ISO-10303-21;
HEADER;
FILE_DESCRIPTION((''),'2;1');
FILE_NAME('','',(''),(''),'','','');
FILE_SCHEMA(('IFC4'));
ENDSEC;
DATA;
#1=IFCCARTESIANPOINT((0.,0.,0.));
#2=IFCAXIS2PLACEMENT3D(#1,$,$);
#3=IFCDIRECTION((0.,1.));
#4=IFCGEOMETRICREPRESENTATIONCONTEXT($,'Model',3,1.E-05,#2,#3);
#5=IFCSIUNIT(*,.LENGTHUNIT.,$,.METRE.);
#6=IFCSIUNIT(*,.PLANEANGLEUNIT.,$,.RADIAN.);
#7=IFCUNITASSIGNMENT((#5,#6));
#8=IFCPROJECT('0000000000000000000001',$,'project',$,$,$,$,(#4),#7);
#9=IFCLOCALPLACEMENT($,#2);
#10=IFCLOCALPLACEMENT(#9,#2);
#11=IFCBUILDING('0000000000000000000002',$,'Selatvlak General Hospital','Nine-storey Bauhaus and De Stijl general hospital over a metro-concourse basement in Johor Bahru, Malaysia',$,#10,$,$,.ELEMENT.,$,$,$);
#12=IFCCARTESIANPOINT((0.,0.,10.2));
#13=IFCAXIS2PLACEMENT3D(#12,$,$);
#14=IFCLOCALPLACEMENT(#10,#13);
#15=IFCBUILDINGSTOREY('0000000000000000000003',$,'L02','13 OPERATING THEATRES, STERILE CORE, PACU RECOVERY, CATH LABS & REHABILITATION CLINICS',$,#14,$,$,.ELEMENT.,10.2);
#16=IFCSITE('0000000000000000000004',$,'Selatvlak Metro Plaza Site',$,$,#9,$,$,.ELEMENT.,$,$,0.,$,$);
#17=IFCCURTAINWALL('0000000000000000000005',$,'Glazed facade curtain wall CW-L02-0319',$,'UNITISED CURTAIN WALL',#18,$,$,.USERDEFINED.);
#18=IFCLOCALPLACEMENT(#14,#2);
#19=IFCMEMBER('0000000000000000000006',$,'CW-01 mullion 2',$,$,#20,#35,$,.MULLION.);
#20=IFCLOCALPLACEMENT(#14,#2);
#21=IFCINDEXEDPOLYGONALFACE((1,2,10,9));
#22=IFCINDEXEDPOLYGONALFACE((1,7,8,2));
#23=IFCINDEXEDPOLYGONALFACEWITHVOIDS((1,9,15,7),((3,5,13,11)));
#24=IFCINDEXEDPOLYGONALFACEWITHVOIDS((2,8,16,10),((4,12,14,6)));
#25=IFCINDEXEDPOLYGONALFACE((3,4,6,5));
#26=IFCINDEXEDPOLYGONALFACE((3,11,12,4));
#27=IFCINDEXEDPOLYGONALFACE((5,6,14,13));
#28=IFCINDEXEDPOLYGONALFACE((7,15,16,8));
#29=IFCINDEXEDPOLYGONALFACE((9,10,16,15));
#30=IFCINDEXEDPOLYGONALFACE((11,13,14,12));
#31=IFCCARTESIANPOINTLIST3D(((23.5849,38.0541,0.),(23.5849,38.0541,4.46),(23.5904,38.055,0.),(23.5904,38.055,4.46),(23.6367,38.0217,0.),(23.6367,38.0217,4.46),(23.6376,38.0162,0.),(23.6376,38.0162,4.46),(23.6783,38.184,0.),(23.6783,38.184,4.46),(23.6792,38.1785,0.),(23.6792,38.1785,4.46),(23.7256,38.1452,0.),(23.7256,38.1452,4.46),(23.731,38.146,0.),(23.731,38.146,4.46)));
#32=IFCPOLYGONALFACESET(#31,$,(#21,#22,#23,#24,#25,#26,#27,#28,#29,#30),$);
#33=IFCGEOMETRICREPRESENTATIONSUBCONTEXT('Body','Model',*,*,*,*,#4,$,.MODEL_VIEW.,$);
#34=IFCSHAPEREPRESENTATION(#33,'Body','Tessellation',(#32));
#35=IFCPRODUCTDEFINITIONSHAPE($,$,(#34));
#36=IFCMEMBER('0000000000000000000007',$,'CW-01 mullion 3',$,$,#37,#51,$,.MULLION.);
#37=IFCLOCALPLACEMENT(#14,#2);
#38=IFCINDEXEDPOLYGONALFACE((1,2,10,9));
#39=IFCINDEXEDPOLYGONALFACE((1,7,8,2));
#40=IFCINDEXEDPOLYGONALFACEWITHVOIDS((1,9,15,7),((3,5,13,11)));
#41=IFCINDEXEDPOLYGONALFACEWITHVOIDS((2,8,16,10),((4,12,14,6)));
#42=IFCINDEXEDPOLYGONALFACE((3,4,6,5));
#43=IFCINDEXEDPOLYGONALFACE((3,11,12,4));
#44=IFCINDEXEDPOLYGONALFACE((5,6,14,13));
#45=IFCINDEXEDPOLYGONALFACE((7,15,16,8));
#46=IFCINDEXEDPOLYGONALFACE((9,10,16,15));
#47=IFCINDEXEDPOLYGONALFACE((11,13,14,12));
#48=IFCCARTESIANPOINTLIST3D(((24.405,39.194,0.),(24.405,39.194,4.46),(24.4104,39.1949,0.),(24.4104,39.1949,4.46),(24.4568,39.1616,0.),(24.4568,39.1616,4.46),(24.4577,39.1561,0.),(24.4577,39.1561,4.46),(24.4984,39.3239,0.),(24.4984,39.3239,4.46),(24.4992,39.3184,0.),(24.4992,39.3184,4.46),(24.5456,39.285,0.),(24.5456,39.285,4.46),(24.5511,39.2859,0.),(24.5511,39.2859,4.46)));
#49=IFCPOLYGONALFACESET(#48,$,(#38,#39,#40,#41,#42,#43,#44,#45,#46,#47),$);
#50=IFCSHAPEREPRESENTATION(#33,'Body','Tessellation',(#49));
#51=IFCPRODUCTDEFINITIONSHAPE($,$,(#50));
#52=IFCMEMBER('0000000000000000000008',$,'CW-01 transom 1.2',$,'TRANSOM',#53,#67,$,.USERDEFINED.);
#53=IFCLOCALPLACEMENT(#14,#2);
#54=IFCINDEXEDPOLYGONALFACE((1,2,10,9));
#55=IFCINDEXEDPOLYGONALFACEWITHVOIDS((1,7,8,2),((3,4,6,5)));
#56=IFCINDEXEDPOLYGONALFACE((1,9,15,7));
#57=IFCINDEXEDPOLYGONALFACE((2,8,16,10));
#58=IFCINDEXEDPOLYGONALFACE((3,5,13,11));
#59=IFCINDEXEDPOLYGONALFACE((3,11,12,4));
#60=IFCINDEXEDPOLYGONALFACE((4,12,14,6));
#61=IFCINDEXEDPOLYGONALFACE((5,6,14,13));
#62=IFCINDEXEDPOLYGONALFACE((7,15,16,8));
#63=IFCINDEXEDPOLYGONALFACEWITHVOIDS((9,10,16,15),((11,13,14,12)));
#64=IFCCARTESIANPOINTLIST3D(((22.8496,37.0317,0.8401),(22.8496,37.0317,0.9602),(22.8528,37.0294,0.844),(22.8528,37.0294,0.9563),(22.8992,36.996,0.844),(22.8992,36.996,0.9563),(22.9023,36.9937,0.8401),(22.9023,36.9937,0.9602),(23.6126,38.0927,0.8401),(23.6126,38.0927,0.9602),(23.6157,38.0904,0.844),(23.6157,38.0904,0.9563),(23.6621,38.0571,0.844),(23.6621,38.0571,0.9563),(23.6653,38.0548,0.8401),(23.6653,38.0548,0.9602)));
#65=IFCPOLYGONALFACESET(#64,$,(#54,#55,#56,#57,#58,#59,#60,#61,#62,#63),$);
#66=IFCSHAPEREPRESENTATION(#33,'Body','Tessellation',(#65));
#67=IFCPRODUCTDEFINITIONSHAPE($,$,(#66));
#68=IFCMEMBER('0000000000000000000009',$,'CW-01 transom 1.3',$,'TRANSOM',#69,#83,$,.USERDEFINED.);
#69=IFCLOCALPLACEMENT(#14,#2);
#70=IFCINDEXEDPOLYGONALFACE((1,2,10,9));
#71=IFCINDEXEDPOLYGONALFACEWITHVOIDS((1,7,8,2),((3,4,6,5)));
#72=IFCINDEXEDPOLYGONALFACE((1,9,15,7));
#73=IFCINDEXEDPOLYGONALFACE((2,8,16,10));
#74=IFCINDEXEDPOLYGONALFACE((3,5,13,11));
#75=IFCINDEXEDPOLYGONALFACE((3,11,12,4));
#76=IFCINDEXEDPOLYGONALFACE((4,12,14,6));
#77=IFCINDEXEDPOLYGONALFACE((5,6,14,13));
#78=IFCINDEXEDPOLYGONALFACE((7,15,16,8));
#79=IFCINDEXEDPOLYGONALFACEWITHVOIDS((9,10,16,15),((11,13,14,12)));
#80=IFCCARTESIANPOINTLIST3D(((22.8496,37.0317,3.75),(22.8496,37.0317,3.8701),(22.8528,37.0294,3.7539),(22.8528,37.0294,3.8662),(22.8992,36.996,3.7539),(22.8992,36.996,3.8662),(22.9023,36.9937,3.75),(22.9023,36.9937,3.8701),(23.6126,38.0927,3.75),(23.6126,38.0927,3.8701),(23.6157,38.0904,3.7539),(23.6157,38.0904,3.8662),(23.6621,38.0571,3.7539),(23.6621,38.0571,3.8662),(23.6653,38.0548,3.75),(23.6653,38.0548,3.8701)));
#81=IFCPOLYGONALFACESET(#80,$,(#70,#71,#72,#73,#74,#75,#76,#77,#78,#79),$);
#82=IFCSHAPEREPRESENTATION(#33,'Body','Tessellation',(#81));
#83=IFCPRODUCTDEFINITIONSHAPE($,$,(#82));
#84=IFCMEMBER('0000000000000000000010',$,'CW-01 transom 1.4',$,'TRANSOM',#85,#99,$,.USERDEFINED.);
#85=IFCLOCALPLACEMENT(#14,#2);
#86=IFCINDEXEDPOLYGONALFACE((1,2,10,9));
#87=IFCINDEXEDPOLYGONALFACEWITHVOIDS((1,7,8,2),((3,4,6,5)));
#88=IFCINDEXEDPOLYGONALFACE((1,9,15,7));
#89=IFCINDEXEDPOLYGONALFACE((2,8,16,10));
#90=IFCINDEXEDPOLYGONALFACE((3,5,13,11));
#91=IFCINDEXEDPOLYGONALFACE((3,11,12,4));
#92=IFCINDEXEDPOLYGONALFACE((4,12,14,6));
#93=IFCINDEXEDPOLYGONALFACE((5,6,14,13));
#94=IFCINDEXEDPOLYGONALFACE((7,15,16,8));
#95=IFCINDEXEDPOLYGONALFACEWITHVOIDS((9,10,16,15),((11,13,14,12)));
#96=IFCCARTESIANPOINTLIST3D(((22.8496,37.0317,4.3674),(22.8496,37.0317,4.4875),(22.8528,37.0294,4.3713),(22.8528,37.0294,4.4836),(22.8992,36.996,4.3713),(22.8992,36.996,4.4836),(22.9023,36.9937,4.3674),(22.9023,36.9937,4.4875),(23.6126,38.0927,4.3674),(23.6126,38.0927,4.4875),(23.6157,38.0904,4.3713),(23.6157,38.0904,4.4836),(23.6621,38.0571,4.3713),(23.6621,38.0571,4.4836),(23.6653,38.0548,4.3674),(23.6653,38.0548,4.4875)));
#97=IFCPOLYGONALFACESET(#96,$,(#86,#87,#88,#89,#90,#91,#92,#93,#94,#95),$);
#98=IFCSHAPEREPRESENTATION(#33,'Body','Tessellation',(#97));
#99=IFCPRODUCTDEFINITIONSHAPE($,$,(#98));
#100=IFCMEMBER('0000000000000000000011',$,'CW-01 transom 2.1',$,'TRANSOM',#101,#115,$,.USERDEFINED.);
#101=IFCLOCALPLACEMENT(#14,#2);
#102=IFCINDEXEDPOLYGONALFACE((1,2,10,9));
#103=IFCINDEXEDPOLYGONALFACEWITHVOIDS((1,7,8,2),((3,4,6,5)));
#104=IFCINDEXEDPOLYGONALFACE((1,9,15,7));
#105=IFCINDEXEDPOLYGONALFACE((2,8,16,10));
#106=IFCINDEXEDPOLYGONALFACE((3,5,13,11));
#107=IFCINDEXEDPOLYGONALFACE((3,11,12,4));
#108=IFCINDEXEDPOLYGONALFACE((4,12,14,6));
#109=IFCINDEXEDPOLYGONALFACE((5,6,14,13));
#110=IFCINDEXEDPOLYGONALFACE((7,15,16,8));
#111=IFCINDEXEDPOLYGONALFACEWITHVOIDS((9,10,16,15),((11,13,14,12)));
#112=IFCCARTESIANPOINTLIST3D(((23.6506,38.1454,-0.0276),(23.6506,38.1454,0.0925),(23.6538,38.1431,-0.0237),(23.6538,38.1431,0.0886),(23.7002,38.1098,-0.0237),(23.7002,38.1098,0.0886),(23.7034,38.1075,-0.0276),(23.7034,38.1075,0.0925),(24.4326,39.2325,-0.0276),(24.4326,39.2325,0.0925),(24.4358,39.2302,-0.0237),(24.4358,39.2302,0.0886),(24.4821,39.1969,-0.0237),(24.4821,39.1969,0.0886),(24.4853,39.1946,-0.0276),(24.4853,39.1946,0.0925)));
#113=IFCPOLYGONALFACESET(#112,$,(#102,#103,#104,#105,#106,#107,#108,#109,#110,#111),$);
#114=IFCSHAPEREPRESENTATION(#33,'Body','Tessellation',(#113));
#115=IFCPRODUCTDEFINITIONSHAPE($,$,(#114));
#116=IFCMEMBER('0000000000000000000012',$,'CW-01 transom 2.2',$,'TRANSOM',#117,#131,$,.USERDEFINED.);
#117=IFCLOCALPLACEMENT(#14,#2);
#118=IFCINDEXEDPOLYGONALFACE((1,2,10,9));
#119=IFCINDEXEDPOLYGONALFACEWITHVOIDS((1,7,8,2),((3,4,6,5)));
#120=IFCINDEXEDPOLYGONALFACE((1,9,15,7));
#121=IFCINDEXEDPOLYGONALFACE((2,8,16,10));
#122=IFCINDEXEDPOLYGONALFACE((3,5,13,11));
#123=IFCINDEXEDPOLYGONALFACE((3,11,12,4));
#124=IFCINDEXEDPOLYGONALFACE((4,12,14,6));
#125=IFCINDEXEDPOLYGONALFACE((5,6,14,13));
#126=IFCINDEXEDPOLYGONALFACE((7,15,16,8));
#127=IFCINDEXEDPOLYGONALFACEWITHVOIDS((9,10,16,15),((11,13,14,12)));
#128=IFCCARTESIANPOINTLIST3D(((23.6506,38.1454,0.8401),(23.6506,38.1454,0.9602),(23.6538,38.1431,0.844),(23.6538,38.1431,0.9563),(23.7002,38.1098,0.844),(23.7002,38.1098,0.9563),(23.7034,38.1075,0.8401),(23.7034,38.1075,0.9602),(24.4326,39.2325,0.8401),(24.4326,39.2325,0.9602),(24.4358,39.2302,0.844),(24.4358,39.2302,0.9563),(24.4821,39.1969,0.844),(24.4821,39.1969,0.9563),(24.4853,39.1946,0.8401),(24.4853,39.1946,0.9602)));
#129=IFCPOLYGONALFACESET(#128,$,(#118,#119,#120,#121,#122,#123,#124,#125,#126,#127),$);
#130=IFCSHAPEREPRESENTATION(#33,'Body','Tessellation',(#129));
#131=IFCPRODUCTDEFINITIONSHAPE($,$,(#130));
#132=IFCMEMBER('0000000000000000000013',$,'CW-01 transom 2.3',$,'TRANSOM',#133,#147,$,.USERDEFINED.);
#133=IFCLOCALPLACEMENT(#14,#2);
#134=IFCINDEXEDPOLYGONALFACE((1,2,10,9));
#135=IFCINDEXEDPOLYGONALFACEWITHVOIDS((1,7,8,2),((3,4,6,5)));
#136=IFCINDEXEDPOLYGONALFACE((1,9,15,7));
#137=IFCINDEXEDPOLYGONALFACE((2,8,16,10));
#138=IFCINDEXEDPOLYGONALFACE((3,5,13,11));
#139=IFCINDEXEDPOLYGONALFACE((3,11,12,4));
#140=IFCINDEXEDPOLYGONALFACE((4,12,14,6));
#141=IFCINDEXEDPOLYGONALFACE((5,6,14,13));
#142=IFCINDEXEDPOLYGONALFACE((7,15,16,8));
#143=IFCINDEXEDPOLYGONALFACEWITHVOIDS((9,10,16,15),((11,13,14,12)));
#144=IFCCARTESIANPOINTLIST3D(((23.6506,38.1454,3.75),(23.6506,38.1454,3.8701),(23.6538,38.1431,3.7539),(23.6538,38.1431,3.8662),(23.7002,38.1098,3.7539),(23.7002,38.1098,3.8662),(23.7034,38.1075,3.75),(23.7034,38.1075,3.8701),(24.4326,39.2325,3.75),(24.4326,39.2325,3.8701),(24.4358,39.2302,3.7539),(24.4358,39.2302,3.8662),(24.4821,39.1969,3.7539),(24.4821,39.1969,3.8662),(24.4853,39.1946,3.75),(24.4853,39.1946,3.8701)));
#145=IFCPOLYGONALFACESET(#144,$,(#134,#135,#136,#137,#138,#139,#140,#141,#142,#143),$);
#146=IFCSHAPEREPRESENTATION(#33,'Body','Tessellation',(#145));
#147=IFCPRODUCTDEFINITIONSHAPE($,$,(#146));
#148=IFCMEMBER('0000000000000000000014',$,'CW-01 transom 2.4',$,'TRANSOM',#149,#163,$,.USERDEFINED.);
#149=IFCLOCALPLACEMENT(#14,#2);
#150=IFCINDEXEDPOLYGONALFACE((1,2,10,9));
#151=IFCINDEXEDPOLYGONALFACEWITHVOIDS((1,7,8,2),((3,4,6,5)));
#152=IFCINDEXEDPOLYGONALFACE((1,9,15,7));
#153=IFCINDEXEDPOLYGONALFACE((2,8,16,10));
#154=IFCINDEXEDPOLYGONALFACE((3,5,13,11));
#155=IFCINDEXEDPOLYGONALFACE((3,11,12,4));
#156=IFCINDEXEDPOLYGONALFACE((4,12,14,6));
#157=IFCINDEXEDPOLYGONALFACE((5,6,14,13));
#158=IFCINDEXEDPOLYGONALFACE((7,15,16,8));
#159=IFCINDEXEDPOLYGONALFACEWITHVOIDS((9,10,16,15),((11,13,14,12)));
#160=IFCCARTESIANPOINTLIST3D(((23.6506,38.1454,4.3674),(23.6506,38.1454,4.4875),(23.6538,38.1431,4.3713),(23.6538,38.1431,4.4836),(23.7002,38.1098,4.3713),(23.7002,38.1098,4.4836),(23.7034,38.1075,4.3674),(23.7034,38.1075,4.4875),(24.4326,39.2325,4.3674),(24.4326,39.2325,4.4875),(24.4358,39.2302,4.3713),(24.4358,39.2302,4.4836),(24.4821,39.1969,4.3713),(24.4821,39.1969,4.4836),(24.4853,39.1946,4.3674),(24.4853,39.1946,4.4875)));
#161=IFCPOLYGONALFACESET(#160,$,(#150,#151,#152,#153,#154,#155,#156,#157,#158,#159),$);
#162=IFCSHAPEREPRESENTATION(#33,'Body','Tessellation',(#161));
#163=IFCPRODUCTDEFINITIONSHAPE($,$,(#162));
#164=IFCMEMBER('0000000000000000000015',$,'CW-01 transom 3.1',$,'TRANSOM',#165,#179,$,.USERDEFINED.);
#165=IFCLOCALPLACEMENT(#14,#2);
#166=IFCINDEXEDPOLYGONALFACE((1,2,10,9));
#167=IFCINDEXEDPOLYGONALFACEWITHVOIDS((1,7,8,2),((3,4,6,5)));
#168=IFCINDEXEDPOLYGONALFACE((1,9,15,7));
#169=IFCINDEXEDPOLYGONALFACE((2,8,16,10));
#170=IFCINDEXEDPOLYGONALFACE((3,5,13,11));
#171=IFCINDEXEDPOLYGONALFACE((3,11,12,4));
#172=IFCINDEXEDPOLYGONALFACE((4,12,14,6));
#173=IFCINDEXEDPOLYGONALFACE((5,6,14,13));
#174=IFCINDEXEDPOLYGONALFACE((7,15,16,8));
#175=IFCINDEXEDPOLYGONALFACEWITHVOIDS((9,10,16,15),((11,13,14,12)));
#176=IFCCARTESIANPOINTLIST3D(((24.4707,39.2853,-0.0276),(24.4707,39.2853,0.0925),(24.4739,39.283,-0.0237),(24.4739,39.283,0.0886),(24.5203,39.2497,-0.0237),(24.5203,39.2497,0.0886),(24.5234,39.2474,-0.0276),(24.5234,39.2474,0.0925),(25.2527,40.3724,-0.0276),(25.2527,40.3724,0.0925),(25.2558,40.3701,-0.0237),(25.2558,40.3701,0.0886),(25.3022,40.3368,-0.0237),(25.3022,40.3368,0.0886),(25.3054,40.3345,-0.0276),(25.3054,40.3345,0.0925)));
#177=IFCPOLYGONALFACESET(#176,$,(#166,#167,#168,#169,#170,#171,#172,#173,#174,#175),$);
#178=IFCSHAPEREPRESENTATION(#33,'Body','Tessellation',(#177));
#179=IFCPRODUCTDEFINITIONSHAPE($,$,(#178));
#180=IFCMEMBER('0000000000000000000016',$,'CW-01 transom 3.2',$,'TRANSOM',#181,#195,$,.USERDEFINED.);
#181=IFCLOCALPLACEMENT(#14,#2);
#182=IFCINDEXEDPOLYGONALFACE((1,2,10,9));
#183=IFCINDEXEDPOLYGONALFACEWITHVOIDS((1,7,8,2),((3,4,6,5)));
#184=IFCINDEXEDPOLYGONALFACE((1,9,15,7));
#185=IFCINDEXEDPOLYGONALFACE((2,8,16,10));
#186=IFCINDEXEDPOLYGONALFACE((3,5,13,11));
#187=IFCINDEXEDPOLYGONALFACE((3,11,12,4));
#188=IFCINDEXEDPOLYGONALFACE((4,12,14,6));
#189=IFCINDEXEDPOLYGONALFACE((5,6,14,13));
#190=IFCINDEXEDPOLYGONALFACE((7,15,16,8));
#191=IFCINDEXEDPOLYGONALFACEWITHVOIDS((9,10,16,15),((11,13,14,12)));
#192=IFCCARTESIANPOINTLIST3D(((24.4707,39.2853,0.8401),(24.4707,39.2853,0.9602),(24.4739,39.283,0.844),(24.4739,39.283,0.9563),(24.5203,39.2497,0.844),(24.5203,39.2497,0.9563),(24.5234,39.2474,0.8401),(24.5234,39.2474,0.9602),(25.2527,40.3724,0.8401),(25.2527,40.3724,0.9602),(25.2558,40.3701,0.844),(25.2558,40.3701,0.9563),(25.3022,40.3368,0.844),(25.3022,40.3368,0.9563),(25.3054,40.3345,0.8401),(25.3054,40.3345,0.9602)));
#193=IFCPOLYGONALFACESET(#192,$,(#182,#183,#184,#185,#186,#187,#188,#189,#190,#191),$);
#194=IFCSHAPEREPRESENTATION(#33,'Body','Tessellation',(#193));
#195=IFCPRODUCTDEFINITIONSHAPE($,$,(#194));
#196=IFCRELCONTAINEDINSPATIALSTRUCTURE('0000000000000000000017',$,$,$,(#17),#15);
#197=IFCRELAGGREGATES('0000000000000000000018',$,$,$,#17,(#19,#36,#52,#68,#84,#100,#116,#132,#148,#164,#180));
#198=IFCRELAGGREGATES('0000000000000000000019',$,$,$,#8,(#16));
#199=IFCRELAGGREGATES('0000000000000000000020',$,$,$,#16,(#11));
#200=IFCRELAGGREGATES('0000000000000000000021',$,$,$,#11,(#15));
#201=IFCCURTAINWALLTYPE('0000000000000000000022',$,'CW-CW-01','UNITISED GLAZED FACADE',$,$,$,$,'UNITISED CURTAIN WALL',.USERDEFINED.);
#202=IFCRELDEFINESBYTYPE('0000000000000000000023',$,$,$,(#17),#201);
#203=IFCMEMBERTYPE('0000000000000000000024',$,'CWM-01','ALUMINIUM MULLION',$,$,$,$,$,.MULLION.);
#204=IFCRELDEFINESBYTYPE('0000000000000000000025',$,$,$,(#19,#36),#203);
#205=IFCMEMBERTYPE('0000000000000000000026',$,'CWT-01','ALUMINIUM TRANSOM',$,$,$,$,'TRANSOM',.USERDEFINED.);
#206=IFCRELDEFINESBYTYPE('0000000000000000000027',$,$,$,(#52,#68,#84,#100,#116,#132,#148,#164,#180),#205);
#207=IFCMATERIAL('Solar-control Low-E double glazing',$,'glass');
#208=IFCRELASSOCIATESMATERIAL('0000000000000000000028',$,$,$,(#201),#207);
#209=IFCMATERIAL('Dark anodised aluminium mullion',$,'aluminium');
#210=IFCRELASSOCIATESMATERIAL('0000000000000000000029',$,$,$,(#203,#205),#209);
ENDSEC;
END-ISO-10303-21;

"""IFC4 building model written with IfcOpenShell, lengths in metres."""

from ifc_helpers import new_model, si_unit, direction, frame, origin, origin_2d, place, context, subcontext, project, spatial, hollow_rectangle, extrude, material, material_profile, profile_set, type_object, element, aggregate, save


model = new_model("IFC4")

# Units and contexts
model_context = context("Model", 3, precision=1e-05, world=origin(), true_north=direction((0.0, 1.0)))
body_context = subcontext(model_context, "Body", "Model", "MODEL_VIEW")
ifc_project = project(units=[si_unit("LENGTHUNIT", "METRE"), si_unit("PLANEANGLEUNIT", "RADIAN")], contexts=[model_context])

# Site, building, storey
site_placement = place(None, origin())
site = spatial("IfcSite", under=ifc_project, at=site_placement, Name="Selatvlak Metro Plaza Site", CompositionType="ELEMENT", RefElevation=0.0)
building_placement = place(site_placement, origin())
building = spatial("IfcBuilding", under=site, at=building_placement, Name="Selatvlak General Hospital", Description="Nine-storey Bauhaus and De Stijl general hospital over a metro-concourse basement in Johor Bahru, Malaysia", CompositionType="ELEMENT")
storey_placement = place(building_placement, frame((0.0, 0.0, 10.2)))
storey = spatial("IfcBuildingStorey", under=building, at=storey_placement, Name="L02", Description="13 OPERATING THEATRES, STERILE CORE, PACU RECOVERY, CATH LABS & REHABILITATION CLINICS", CompositionType="ELEMENT", Elevation=10.2)

# Curtain wall, members
ifc_material_1 = material(Name="Solar-control Low-E double glazing", Category="glass")
curtain_wall_type = type_object("IfcCurtainWallType", Name="CW-CW-01", Description="UNITISED GLAZED FACADE", ElementType="UNITISED CURTAIN WALL", PredefinedType="USERDEFINED", material=ifc_material_1)
curtain_wall_placement = place(storey_placement, origin())
curtain_wall = element("IfcCurtainWall", 1, at=curtain_wall_placement, inside=storey, type_object=curtain_wall_type, Name="Glazed facade curtain wall CW-L02-0319", ObjectType="UNITISED CURTAIN WALL", PredefinedType="USERDEFINED")
ifc_material_2 = material(Name="Dark anodised aluminium mullion", Category="aluminium")
ifc_material_profile_1 = material_profile(ifc_material_2, hollow_rectangle(XDim=0.0649, YDim=0.1599, WallThickness=0.0039, at=origin_2d()), Name="AL-MUL 65x160x4")
ifc_profile_set_1 = profile_set([ifc_material_profile_1], Name="Dark anodised aluminium mullion")
member_type_1 = type_object("IfcMemberType", Name="CWM-01", Description="ALUMINIUM MULLION", PredefinedType="MULLION", material=ifc_profile_set_1)
member_1_placement = place(storey_placement, frame((23.658, 38.1001, 0.0), z_axis=(0.0, 0.0, 1.0), x_axis=(-0.811804, 0.583929, 0.0)))
member_1 = element("IfcMember", 2, at=member_1_placement, type_object=member_type_1, Name="CW-01 mullion 2", PredefinedType="MULLION", context=body_context, shape_type="SweptSolid", body=[
    extrude(hollow_rectangle(XDim=0.0649, YDim=0.1599, WallThickness=0.0039, at=origin_2d()), origin(), (0.0, 0.0, 1.0), 4.46),
])
member_2_placement = place(storey_placement, frame((24.478, 39.24, 0.0), z_axis=(0.0, 0.0, 1.0), x_axis=(-0.811804, 0.583929, 0.0)))
member_2 = element("IfcMember", 3, at=member_2_placement, type_object=member_type_1, Name="CW-01 mullion 3", PredefinedType="MULLION", context=body_context, shape_type="SweptSolid", body=[
    extrude(hollow_rectangle(XDim=0.0649, YDim=0.1599, WallThickness=0.0039, at=origin_2d()), origin(), (0.0, 0.0, 1.0), 4.46),
])
ifc_material_profile_2 = material_profile(ifc_material_2, hollow_rectangle(XDim=0.0649, YDim=0.1201, WallThickness=0.0039, at=origin_2d()), Name="AL-TRN 65x120x4")
ifc_profile_set_2 = profile_set([ifc_material_profile_2], Name="Dark anodised aluminium mullion")
member_type_2 = type_object("IfcMemberType", Name="CWT-01", Description="ALUMINIUM TRANSOM", ElementType="TRANSOM", PredefinedType="USERDEFINED", material=ifc_profile_set_2)
member_3_placement = place(storey_placement, frame((22.876, 37.0127, 0.9001), z_axis=(0.583798, 0.811899, 0.0), x_axis=(-0.811899, 0.583798, 0.0)))
member_3 = element("IfcMember", 4, at=member_3_placement, type_object=member_type_2, Name="CW-01 transom 1.2", ObjectType="TRANSOM", PredefinedType="USERDEFINED", context=body_context, shape_type="SweptSolid", body=[
    extrude(hollow_rectangle(XDim=0.0649, YDim=0.1201, WallThickness=0.0039, at=origin_2d()), origin(), (0.0, 0.0, 1.0), 1.3069),
])
member_4_placement = place(storey_placement, frame((22.876, 37.0127, 3.8101), z_axis=(0.583798, 0.811899, 0.0), x_axis=(-0.811899, 0.583798, 0.0)))
member_4 = element("IfcMember", 5, at=member_4_placement, type_object=member_type_2, Name="CW-01 transom 1.3", ObjectType="TRANSOM", PredefinedType="USERDEFINED", context=body_context, shape_type="SweptSolid", body=[
    extrude(hollow_rectangle(XDim=0.0649, YDim=0.1201, WallThickness=0.0039, at=origin_2d()), origin(), (0.0, 0.0, 1.0), 1.3069),
])
member_5_placement = place(storey_placement, frame((22.876, 37.0127, 4.4275), z_axis=(0.583798, 0.811899, 0.0), x_axis=(-0.811899, 0.583798, 0.0)))
member_5 = element("IfcMember", 6, at=member_5_placement, type_object=member_type_2, Name="CW-01 transom 1.4", ObjectType="TRANSOM", PredefinedType="USERDEFINED", context=body_context, shape_type="SweptSolid", body=[
    extrude(hollow_rectangle(XDim=0.0649, YDim=0.1201, WallThickness=0.0039, at=origin_2d()), origin(), (0.0, 0.0, 1.0), 1.3069),
])
member_6_placement = place(storey_placement, frame((23.677, 38.1265, 0.0325), z_axis=(0.583925, 0.811807, 0.0), x_axis=(-0.811807, 0.583925, 0.0)))
member_6 = element("IfcMember", 7, at=member_6_placement, type_object=member_type_2, Name="CW-01 transom 2.1", ObjectType="TRANSOM", PredefinedType="USERDEFINED", context=body_context, shape_type="SweptSolid", body=[
    extrude(hollow_rectangle(XDim=0.0649, YDim=0.1201, WallThickness=0.0039, at=origin_2d()), origin(), (0.0, 0.0, 1.0), 1.3391),
])
member_7_placement = place(storey_placement, frame((23.677, 38.1265, 0.9001), z_axis=(0.583925, 0.811807, 0.0), x_axis=(-0.811807, 0.583925, 0.0)))
member_7 = element("IfcMember", 8, at=member_7_placement, type_object=member_type_2, Name="CW-01 transom 2.2", ObjectType="TRANSOM", PredefinedType="USERDEFINED", context=body_context, shape_type="SweptSolid", body=[
    extrude(hollow_rectangle(XDim=0.0649, YDim=0.1201, WallThickness=0.0039, at=origin_2d()), origin(), (0.0, 0.0, 1.0), 1.3391),
])
member_8_placement = place(storey_placement, frame((23.677, 38.1265, 3.8101), z_axis=(0.583925, 0.811807, 0.0), x_axis=(-0.811807, 0.583925, 0.0)))
member_8 = element("IfcMember", 9, at=member_8_placement, type_object=member_type_2, Name="CW-01 transom 2.3", ObjectType="TRANSOM", PredefinedType="USERDEFINED", context=body_context, shape_type="SweptSolid", body=[
    extrude(hollow_rectangle(XDim=0.0649, YDim=0.1201, WallThickness=0.0039, at=origin_2d()), origin(), (0.0, 0.0, 1.0), 1.3391),
])
member_9_placement = place(storey_placement, frame((23.677, 38.1265, 4.4275), z_axis=(0.583925, 0.811807, 0.0), x_axis=(-0.811807, 0.583925, 0.0)))
member_9 = element("IfcMember", 10, at=member_9_placement, type_object=member_type_2, Name="CW-01 transom 2.4", ObjectType="TRANSOM", PredefinedType="USERDEFINED", context=body_context, shape_type="SweptSolid", body=[
    extrude(hollow_rectangle(XDim=0.0649, YDim=0.1201, WallThickness=0.0039, at=origin_2d()), origin(), (0.0, 0.0, 1.0), 1.3391),
])
member_10_placement = place(storey_placement, frame((24.4971, 39.2664, 0.0325), z_axis=(0.583925, 0.811807, 0.0), x_axis=(-0.811807, 0.583925, 0.0)))
member_10 = element("IfcMember", 11, at=member_10_placement, type_object=member_type_2, Name="CW-01 transom 3.1", ObjectType="TRANSOM", PredefinedType="USERDEFINED", context=body_context, shape_type="SweptSolid", body=[
    extrude(hollow_rectangle(XDim=0.0649, YDim=0.1201, WallThickness=0.0039, at=origin_2d()), origin(), (0.0, 0.0, 1.0), 1.3391),
])
member_11_placement = place(storey_placement, frame((24.4971, 39.2664, 0.9001), z_axis=(0.583925, 0.811807, 0.0), x_axis=(-0.811807, 0.583925, 0.0)))
member_11 = element("IfcMember", 12, at=member_11_placement, type_object=member_type_2, Name="CW-01 transom 3.2", ObjectType="TRANSOM", PredefinedType="USERDEFINED", context=body_context, shape_type="SweptSolid", body=[
    extrude(hollow_rectangle(XDim=0.0649, YDim=0.1201, WallThickness=0.0039, at=origin_2d()), origin(), (0.0, 0.0, 1.0), 1.3391),
])
aggregate(curtain_wall, [member_1, member_2, member_3, member_4, member_5, member_6, member_7, member_8, member_9, member_10, member_11])

save(model, "model.ifc")
